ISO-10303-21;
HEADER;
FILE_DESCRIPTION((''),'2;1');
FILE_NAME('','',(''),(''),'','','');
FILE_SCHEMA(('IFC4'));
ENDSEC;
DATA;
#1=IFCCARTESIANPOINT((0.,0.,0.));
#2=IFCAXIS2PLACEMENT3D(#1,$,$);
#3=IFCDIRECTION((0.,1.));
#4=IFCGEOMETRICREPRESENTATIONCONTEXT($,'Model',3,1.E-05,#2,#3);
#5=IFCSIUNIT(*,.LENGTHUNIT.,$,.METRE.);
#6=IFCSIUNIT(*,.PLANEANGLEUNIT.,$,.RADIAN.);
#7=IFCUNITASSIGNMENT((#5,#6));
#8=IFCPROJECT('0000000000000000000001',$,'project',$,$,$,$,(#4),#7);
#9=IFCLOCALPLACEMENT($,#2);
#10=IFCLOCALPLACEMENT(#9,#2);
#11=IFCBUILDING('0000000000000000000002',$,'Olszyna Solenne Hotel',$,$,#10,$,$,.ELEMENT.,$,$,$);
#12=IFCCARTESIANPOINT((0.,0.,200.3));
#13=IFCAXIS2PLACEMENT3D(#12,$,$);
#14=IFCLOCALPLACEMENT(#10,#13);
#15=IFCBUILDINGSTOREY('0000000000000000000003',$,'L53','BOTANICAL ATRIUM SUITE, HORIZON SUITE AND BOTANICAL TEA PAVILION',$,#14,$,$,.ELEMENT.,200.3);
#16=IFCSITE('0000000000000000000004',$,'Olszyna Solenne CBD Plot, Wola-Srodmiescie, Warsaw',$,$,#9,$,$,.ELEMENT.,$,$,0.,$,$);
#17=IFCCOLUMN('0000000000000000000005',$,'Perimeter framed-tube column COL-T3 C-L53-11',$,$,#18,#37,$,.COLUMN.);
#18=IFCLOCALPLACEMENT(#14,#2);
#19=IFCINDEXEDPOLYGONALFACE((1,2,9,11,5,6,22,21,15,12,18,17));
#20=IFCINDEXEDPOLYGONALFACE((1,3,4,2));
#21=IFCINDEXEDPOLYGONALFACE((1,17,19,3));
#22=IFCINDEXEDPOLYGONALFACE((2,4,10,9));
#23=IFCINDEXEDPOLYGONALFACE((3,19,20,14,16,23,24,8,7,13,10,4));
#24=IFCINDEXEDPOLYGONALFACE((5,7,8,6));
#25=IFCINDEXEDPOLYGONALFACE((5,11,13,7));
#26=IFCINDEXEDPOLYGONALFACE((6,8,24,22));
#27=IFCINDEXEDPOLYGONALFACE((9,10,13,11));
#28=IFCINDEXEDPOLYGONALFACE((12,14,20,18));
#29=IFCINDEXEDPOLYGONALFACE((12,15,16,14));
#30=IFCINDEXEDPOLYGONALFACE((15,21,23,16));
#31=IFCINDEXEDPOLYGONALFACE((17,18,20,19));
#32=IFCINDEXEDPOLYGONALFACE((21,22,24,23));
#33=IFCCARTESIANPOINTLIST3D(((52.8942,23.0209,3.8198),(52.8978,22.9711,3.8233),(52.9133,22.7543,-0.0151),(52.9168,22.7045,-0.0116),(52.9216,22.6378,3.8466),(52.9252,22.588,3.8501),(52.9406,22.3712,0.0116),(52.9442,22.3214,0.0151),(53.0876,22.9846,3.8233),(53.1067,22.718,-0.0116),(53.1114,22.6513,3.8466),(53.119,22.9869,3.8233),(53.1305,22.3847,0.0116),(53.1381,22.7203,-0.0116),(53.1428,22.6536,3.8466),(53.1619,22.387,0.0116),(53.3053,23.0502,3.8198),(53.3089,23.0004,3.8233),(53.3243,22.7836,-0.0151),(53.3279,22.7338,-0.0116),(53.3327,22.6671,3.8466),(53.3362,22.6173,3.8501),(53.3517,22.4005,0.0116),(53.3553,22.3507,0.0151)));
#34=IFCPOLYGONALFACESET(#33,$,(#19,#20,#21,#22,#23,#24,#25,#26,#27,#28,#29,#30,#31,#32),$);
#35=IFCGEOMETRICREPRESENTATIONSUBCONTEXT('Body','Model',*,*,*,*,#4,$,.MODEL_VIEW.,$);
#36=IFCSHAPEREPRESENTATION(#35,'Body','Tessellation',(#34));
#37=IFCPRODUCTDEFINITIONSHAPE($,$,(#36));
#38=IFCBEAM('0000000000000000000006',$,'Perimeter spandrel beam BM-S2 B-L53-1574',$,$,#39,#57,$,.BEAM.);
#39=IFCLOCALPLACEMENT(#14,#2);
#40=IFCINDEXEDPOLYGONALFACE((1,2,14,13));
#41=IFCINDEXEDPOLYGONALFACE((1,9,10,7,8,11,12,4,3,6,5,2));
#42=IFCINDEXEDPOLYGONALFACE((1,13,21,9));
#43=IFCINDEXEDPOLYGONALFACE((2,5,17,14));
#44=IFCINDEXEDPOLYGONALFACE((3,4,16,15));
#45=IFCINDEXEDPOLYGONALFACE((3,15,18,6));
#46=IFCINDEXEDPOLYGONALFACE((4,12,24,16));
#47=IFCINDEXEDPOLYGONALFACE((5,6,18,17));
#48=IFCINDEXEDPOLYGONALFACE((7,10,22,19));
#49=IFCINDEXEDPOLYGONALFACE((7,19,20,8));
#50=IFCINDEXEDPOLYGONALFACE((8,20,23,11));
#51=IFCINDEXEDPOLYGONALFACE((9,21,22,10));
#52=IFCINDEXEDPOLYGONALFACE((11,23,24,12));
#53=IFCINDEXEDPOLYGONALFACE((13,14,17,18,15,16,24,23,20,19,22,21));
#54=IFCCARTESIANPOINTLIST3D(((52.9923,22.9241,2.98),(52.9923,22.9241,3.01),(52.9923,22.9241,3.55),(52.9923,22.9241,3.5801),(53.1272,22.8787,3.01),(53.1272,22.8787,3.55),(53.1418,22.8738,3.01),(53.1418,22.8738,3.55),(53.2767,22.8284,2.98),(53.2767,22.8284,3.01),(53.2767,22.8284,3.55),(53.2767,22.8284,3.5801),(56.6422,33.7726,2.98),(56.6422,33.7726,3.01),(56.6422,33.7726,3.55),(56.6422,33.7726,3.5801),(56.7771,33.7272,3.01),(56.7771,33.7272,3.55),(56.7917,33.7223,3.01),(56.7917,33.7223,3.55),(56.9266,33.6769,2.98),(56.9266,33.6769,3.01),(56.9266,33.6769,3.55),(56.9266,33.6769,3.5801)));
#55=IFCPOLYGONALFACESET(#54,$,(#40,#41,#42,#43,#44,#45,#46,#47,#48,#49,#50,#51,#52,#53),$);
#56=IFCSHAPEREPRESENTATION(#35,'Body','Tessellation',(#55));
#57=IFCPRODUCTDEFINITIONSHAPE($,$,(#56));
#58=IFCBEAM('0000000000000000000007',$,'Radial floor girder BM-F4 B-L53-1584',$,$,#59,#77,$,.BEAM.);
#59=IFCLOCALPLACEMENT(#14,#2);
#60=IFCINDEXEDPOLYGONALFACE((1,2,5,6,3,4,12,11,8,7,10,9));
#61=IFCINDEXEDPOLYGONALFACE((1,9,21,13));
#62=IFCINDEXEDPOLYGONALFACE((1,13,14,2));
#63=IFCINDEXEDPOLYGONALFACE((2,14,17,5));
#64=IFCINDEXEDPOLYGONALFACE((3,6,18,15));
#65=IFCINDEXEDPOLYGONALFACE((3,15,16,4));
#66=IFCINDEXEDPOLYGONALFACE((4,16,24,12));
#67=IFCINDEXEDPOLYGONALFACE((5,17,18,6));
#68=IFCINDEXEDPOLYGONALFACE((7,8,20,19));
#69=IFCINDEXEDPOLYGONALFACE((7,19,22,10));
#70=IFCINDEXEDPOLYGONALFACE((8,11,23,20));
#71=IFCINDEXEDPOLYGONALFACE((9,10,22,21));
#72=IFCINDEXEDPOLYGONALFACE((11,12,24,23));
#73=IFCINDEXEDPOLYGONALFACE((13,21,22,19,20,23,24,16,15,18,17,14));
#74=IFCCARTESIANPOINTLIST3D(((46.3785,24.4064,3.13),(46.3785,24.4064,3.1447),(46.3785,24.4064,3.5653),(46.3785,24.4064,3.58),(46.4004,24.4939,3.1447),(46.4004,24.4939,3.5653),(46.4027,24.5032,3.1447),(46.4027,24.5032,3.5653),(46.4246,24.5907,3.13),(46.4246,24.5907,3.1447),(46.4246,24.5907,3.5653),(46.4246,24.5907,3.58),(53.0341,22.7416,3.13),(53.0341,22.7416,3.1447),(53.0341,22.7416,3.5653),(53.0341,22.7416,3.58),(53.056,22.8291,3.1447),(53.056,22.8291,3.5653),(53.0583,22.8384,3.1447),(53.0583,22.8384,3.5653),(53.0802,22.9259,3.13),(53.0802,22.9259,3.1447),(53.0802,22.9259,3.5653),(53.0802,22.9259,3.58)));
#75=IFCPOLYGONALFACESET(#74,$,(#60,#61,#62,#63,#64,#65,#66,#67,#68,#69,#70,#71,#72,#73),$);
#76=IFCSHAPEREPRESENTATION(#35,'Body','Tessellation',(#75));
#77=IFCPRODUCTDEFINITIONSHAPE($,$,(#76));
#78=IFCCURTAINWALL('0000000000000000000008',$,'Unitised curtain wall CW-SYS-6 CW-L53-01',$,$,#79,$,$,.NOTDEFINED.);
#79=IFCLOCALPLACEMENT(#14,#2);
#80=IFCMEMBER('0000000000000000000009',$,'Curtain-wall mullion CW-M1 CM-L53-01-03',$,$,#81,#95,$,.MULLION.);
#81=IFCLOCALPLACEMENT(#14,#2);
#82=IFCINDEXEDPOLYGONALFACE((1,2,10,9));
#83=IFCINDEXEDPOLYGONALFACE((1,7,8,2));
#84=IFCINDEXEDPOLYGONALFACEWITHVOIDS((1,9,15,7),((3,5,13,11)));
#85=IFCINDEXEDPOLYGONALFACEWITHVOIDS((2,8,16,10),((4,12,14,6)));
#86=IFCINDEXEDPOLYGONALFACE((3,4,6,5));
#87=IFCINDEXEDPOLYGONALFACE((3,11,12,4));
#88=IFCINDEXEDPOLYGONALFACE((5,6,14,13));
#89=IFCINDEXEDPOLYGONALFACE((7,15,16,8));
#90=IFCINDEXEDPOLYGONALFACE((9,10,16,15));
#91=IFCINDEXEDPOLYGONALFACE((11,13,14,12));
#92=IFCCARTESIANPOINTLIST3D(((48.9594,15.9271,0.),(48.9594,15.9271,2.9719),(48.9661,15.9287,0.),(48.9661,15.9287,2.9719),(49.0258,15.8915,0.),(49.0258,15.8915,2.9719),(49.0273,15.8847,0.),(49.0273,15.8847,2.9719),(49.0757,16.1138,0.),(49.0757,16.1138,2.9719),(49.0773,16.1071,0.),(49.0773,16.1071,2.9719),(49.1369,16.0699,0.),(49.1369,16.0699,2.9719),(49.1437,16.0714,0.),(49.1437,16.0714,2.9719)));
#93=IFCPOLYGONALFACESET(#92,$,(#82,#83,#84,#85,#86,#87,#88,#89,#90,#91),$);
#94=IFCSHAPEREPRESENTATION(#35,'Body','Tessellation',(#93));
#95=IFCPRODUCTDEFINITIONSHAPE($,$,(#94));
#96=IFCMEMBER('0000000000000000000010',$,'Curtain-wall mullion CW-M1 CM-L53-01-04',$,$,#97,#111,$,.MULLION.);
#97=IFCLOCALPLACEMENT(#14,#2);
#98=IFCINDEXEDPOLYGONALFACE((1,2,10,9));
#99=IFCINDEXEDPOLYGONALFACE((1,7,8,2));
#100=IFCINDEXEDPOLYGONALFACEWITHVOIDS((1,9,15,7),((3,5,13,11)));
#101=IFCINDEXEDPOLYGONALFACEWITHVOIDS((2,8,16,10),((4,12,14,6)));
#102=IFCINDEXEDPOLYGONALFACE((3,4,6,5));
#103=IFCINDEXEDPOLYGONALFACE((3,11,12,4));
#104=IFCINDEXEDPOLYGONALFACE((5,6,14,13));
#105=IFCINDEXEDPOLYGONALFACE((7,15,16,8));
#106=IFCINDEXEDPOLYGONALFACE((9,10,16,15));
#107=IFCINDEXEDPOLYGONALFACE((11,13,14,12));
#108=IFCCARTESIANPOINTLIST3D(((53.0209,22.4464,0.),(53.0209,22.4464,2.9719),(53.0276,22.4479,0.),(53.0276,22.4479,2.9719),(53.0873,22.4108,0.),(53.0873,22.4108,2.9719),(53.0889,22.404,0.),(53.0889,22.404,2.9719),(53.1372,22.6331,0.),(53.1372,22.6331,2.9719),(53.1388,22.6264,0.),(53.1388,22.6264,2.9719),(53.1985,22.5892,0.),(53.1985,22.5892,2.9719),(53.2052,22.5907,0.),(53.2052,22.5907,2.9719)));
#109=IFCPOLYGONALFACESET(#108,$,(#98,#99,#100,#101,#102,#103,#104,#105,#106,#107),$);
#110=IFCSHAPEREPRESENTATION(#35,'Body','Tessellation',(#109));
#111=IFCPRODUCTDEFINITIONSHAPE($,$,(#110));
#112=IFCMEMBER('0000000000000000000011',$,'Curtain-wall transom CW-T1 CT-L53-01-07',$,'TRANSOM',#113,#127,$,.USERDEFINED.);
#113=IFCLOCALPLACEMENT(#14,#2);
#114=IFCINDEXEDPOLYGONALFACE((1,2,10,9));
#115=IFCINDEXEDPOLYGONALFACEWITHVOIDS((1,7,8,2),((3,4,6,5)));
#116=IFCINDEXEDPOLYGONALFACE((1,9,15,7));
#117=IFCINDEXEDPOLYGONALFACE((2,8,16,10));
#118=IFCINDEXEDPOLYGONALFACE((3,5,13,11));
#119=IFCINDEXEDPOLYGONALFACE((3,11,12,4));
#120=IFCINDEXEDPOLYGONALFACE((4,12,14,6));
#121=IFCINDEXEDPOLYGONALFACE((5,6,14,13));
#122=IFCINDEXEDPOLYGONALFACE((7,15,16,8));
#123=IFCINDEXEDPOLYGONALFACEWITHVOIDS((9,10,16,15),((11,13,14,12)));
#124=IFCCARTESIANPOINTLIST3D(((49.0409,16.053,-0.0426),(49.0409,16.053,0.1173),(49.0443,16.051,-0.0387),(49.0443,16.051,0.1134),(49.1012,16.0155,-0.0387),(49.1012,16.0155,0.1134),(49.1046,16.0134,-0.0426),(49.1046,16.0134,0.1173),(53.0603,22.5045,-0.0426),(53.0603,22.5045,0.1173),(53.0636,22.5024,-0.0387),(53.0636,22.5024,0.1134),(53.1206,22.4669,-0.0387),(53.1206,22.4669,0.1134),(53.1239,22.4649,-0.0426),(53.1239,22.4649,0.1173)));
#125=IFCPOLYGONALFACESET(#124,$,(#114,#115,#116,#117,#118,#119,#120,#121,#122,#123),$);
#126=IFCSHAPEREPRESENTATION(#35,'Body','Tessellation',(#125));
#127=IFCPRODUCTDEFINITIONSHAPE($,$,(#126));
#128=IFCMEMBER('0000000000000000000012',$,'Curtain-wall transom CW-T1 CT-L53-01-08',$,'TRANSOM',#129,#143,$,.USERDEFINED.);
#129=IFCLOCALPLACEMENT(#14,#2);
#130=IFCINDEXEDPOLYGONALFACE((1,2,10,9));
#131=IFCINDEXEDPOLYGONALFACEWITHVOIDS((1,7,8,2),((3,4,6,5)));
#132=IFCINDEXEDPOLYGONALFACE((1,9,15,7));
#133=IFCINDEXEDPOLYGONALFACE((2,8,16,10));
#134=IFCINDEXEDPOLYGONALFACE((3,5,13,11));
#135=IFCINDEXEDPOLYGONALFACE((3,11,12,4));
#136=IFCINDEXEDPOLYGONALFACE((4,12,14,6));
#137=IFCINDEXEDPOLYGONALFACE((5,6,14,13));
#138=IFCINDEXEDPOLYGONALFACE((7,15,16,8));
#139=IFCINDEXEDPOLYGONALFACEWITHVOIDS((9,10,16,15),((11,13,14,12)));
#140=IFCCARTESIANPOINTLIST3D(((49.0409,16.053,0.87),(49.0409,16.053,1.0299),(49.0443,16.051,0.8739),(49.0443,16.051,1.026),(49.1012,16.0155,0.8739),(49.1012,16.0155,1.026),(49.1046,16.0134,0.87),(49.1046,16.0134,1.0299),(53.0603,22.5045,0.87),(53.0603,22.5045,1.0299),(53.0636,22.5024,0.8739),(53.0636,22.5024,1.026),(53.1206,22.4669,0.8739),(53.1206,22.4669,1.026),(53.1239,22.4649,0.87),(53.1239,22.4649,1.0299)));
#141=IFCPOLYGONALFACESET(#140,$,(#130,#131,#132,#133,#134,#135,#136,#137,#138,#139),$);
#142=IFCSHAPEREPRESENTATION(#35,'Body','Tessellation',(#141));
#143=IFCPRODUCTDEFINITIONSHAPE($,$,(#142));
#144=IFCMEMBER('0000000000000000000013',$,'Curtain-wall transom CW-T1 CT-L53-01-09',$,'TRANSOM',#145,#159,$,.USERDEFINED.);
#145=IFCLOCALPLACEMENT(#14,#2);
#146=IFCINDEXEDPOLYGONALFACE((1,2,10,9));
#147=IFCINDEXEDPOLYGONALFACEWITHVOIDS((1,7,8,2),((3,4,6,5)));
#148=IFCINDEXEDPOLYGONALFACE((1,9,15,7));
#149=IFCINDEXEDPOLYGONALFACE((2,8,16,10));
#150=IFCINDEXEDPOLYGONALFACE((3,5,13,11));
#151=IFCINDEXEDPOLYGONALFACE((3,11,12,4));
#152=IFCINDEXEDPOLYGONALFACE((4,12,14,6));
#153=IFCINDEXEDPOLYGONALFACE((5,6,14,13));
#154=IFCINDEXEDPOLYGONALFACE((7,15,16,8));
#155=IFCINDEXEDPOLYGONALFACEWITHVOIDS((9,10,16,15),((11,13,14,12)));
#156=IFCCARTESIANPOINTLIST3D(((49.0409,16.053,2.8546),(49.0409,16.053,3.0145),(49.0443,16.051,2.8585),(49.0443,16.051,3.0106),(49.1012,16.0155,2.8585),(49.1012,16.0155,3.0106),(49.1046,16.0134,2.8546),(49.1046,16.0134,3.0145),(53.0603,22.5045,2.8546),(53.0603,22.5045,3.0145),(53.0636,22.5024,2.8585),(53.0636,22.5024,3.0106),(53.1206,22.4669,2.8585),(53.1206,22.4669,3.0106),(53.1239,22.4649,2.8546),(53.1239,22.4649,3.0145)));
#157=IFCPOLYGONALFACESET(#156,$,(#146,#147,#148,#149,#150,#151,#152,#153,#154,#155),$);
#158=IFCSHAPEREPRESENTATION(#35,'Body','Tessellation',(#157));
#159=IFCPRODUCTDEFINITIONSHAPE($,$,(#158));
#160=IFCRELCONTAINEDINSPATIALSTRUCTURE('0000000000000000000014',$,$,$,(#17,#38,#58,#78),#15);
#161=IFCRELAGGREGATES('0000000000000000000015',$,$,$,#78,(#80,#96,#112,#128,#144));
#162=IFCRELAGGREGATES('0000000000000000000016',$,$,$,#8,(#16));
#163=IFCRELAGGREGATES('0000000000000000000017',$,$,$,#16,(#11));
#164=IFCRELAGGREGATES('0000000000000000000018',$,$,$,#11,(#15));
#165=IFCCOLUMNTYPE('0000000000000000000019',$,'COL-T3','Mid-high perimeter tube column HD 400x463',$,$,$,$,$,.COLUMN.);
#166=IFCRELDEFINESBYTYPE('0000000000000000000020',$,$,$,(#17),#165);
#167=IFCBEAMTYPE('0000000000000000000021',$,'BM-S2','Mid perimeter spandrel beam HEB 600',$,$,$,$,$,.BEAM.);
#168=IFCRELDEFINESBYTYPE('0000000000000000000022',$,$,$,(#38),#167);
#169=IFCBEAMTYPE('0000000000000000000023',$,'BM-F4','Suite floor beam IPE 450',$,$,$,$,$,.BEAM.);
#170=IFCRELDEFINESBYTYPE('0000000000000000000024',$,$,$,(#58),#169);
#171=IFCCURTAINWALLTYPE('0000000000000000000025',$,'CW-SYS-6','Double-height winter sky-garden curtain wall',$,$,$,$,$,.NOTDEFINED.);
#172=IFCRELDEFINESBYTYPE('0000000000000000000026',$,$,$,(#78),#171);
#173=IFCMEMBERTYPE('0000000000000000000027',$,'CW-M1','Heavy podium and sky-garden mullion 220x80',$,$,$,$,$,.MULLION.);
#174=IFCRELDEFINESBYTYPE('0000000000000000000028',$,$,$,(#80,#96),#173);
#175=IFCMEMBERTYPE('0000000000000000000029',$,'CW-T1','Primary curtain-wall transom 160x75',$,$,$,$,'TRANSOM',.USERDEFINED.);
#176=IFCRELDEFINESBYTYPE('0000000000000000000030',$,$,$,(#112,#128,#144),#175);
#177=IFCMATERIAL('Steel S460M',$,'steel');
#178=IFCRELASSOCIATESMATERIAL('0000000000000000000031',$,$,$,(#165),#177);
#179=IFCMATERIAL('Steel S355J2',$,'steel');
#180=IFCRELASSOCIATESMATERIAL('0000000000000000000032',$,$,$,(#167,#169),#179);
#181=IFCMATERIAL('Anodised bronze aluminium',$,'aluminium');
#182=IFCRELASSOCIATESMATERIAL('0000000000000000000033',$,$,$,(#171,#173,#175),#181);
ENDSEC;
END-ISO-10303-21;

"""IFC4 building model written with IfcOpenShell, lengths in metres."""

from ifc_helpers import new_model, si_unit, direction, frame, origin, origin_2d, place, context, subcontext, project, spatial, hollow_rectangle, i_section, extrude, source, transform, mapped, material, material_profile, profile_set, type_object, element, aggregate, save


model = new_model("IFC4")

# Units and contexts
model_context = context("Model", 3, precision=1e-05, world=origin(), true_north=direction((0.0, 1.0)))
body_context = subcontext(model_context, "Body", "Model", "MODEL_VIEW")
ifc_project = project(units=[si_unit("LENGTHUNIT", "METRE"), si_unit("PLANEANGLEUNIT", "RADIAN")], contexts=[model_context])

# Site, building, storey
site_placement = place(None, origin())
site = spatial("IfcSite", under=ifc_project, at=site_placement, Name="Olszyna Solenne CBD Plot, Wola-Srodmiescie, Warsaw", CompositionType="ELEMENT", RefElevation=0.0)
building_placement = place(site_placement, origin())
building = spatial("IfcBuilding", under=site, at=building_placement, Name="Olszyna Solenne Hotel", CompositionType="ELEMENT")
storey_placement = place(building_placement, frame((0.0, 0.0, 200.3)))
storey = spatial("IfcBuildingStorey", under=building, at=storey_placement, Name="L53", Description="BOTANICAL ATRIUM SUITE, HORIZON SUITE AND BOTANICAL TEA PAVILION", CompositionType="ELEMENT", Elevation=200.3)

# Column
ifc_material_1 = material(Name="Steel S460M", Category="steel")
ifc_material_profile_1 = material_profile(ifc_material_1, i_section(OverallWidth=0.4121, OverallDepth=0.4351, WebThickness=0.0315, FlangeThickness=0.05, at=origin_2d()), Name="HD 400x463", Category="load-bearing")
ifc_profile_set_1 = profile_set([ifc_material_profile_1], Name="Steel S460M")
column_type = type_object("IfcColumnType", Name="COL-T3", Description="Mid-high perimeter tube column HD 400x463", PredefinedType="COLUMN", material=ifc_profile_set_1)
shared_shape_1 = source(origin(), body_context, "Body", "SweptSolid", [
    extrude(i_section(OverallWidth=0.4121, OverallDepth=0.4351, WebThickness=0.0315, FlangeThickness=0.05, at=origin_2d()), origin(), (0.0, 0.0, 1.0), 3.8442),
])
column_placement = place(storey_placement, frame((53.1343, 22.5525, 0.0), z_axis=(-0.004954, 0.06935, 0.99758), x_axis=(-0.997459, -0.071247, 0.0)))
element("IfcColumn", 1, at=column_placement, inside=storey, type_object=column_type, Name="Perimeter framed-tube column COL-T3 C-L53-11", PredefinedType="COLUMN", context=body_context, shape_type="MappedRepresentation", body=[
    mapped(shared_shape_1, transform((0.0, 0.0, 0.0), x_axis=(1.0, 0.0, 0.0), y_axis=(0.0, 1.0, 0.0), z_axis=(0.0, 0.0, 1.0), scale=1.0)),
])

# Beams
ifc_material_2 = material(Name="Steel S355J2", Category="steel")
ifc_material_profile_2 = material_profile(ifc_material_2, i_section(OverallWidth=0.3, OverallDepth=0.6001, WebThickness=0.0154, FlangeThickness=0.03, at=origin_2d()), Name="HEB 600", Category="load-bearing")
ifc_profile_set_2 = profile_set([ifc_material_profile_2], Name="Steel S355J2")
beam_type_1 = type_object("IfcBeamType", Name="BM-S2", Description="Mid perimeter spandrel beam HEB 600", PredefinedType="BEAM", material=ifc_profile_set_2)
shared_shape_2 = source(origin(), body_context, "Body", "SweptSolid", [
    extrude(i_section(OverallWidth=0.3, OverallDepth=0.6001, WebThickness=0.0154, FlangeThickness=0.03, at=origin_2d()), origin(), (0.0, 0.0, 1.0), 11.446),
])
beam_1_placement = place(storey_placement, frame((53.1345, 22.8762, 3.28), z_axis=(0.318876, 0.947797, 0.0), x_axis=(-0.947797, 0.318876, 0.0)))
element("IfcBeam", 2, at=beam_1_placement, inside=storey, type_object=beam_type_1, Name="Perimeter spandrel beam BM-S2 B-L53-1574", PredefinedType="BEAM", context=body_context, shape_type="MappedRepresentation", body=[
    mapped(shared_shape_2, transform((0.0, 0.0, 0.0), x_axis=(1.0, 0.0, 0.0), y_axis=(0.0, 1.0, 0.0), z_axis=(0.0, 0.0, 1.0), scale=1.0)),
])
ifc_material_profile_3 = material_profile(ifc_material_2, i_section(OverallWidth=0.1899, OverallDepth=0.45, WebThickness=0.0095, FlangeThickness=0.0146, at=origin_2d()), Name="IPE 450", Category="load-bearing")
ifc_profile_set_3 = profile_set([ifc_material_profile_3], Name="Steel S355J2")
beam_type_2 = type_object("IfcBeamType", Name="BM-F4", Description="Suite floor beam IPE 450", PredefinedType="BEAM", material=ifc_profile_set_3)
shared_shape_3 = source(origin(), body_context, "Body", "SweptSolid", [
    extrude(i_section(OverallWidth=0.1899, OverallDepth=0.45, WebThickness=0.0095, FlangeThickness=0.0146, at=origin_2d()), origin(), (0.0, 0.0, 1.0), 6.8606),
])
beam_2_placement = place(storey_placement, frame((53.0571, 22.8337, 3.355), z_axis=(-0.970111, 0.242661, 0.0), x_axis=(-0.242661, -0.970111, 0.0)))
element("IfcBeam", 3, at=beam_2_placement, inside=storey, type_object=beam_type_2, Name="Radial floor girder BM-F4 B-L53-1584", PredefinedType="BEAM", context=body_context, shape_type="MappedRepresentation", body=[
    mapped(shared_shape_3, transform((0.0, 0.0, 0.0), x_axis=(1.0, 0.0, 0.0), y_axis=(0.0, 1.0, 0.0), z_axis=(0.0, 0.0, 1.0), scale=1.0)),
])

# Curtain wall, members
ifc_material_3 = material(Name="Anodised bronze aluminium", Category="aluminium")
curtain_wall_type = type_object("IfcCurtainWallType", Name="CW-SYS-6", Description="Double-height winter sky-garden curtain wall", PredefinedType="NOTDEFINED", material=ifc_material_3)
curtain_wall_placement = place(storey_placement, origin())
curtain_wall = element("IfcCurtainWall", 4, at=curtain_wall_placement, inside=storey, type_object=curtain_wall_type, Name="Unitised curtain wall CW-SYS-6 CW-L53-01", PredefinedType="NOTDEFINED")
ifc_material_profile_4 = material_profile(ifc_material_3, hollow_rectangle(XDim=0.0801, YDim=0.22, WallThickness=0.0049, at=origin_2d()), Name="MULL 220x80x5", Category="load-bearing")
ifc_profile_set_4 = profile_set([ifc_material_profile_4], Name="Anodised bronze aluminium")
member_type_1 = type_object("IfcMemberType", Name="CW-M1", Description="Heavy podium and sky-garden mullion 220x80", PredefinedType="MULLION", material=ifc_profile_set_4)
shared_shape_4 = source(origin(), body_context, "Body", "SweptSolid", [
    extrude(hollow_rectangle(XDim=0.0801, YDim=0.22, WallThickness=0.0049, at=origin_2d()), origin(), (0.0, 0.0, 1.0), 2.9719),
])
member_1_placement = place(storey_placement, frame((49.0515, 15.9993, 0.0), z_axis=(0.0, 0.0, 1.0), x_axis=(-0.848758, 0.528781, 0.0)))
member_1 = element("IfcMember", 5, at=member_1_placement, type_object=member_type_1, Name="Curtain-wall mullion CW-M1 CM-L53-01-03", PredefinedType="MULLION", context=body_context, shape_type="MappedRepresentation", body=[
    mapped(shared_shape_4, transform((0.0, 0.0, 0.0), x_axis=(1.0, 0.0, 0.0), y_axis=(0.0, 1.0, 0.0), z_axis=(0.0, 0.0, 1.0), scale=1.0)),
])
member_2_placement = place(storey_placement, frame((53.113, 22.5186, 0.0), z_axis=(0.0, 0.0, 1.0), x_axis=(-0.848758, 0.528781, 0.0)))
member_2 = element("IfcMember", 6, at=member_2_placement, type_object=member_type_1, Name="Curtain-wall mullion CW-M1 CM-L53-01-04", PredefinedType="MULLION", context=body_context, shape_type="MappedRepresentation", body=[
    mapped(shared_shape_4, transform((0.0, 0.0, 0.0), x_axis=(1.0, 0.0, 0.0), y_axis=(0.0, 1.0, 0.0), z_axis=(0.0, 0.0, 1.0), scale=1.0)),
])
ifc_material_profile_5 = material_profile(ifc_material_3, hollow_rectangle(XDim=0.075, YDim=0.1599, WallThickness=0.0039, at=origin_2d()), Name="TRAN 160x75x4", Category="load-bearing")
ifc_profile_set_5 = profile_set([ifc_material_profile_5], Name="Anodised bronze aluminium")
member_type_2 = type_object("IfcMemberType", Name="CW-T1", Description="Primary curtain-wall transom 160x75", ElementType="TRANSOM", PredefinedType="USERDEFINED", material=ifc_profile_set_5)
shared_shape_5 = source(origin(), body_context, "Body", "SweptSolid", [
    extrude(hollow_rectangle(XDim=0.075, YDim=0.1599, WallThickness=0.0039, at=origin_2d()), origin(), (0.0, 0.0, 1.0), 7.6011),
])
member_3_placement = place(storey_placement, frame((49.0728, 16.0332, 0.0374), z_axis=(0.528783, 0.848757, 0.0), x_axis=(-0.848757, 0.528783, 0.0)))
member_3 = element("IfcMember", 7, at=member_3_placement, type_object=member_type_2, Name="Curtain-wall transom CW-T1 CT-L53-01-07", ObjectType="TRANSOM", PredefinedType="USERDEFINED", context=body_context, shape_type="MappedRepresentation", body=[
    mapped(shared_shape_5, transform((0.0, 0.0, 0.0), x_axis=(1.0, 0.0, 0.0), y_axis=(0.0, 1.0, 0.0), z_axis=(0.0, 0.0, 1.0), scale=1.0)),
])
member_4_placement = place(storey_placement, frame((49.0728, 16.0332, 0.95), z_axis=(0.528783, 0.848757, 0.0), x_axis=(-0.848757, 0.528783, 0.0)))
member_4 = element("IfcMember", 8, at=member_4_placement, type_object=member_type_2, Name="Curtain-wall transom CW-T1 CT-L53-01-08", ObjectType="TRANSOM", PredefinedType="USERDEFINED", context=body_context, shape_type="MappedRepresentation", body=[
    mapped(shared_shape_5, transform((0.0, 0.0, 0.0), x_axis=(1.0, 0.0, 0.0), y_axis=(0.0, 1.0, 0.0), z_axis=(0.0, 0.0, 1.0), scale=1.0)),
])
member_5_placement = place(storey_placement, frame((49.0728, 16.0332, 2.9346), z_axis=(0.528783, 0.848757, 0.0), x_axis=(-0.848757, 0.528783, 0.0)))
member_5 = element("IfcMember", 9, at=member_5_placement, type_object=member_type_2, Name="Curtain-wall transom CW-T1 CT-L53-01-09", ObjectType="TRANSOM", PredefinedType="USERDEFINED", context=body_context, shape_type="MappedRepresentation", body=[
    mapped(shared_shape_5, transform((0.0, 0.0, 0.0), x_axis=(1.0, 0.0, 0.0), y_axis=(0.0, 1.0, 0.0), z_axis=(0.0, 0.0, 1.0), scale=1.0)),
])

aggregate(curtain_wall, [member_1, member_2, member_3, member_4, member_5])

save(model, "model.ifc")
